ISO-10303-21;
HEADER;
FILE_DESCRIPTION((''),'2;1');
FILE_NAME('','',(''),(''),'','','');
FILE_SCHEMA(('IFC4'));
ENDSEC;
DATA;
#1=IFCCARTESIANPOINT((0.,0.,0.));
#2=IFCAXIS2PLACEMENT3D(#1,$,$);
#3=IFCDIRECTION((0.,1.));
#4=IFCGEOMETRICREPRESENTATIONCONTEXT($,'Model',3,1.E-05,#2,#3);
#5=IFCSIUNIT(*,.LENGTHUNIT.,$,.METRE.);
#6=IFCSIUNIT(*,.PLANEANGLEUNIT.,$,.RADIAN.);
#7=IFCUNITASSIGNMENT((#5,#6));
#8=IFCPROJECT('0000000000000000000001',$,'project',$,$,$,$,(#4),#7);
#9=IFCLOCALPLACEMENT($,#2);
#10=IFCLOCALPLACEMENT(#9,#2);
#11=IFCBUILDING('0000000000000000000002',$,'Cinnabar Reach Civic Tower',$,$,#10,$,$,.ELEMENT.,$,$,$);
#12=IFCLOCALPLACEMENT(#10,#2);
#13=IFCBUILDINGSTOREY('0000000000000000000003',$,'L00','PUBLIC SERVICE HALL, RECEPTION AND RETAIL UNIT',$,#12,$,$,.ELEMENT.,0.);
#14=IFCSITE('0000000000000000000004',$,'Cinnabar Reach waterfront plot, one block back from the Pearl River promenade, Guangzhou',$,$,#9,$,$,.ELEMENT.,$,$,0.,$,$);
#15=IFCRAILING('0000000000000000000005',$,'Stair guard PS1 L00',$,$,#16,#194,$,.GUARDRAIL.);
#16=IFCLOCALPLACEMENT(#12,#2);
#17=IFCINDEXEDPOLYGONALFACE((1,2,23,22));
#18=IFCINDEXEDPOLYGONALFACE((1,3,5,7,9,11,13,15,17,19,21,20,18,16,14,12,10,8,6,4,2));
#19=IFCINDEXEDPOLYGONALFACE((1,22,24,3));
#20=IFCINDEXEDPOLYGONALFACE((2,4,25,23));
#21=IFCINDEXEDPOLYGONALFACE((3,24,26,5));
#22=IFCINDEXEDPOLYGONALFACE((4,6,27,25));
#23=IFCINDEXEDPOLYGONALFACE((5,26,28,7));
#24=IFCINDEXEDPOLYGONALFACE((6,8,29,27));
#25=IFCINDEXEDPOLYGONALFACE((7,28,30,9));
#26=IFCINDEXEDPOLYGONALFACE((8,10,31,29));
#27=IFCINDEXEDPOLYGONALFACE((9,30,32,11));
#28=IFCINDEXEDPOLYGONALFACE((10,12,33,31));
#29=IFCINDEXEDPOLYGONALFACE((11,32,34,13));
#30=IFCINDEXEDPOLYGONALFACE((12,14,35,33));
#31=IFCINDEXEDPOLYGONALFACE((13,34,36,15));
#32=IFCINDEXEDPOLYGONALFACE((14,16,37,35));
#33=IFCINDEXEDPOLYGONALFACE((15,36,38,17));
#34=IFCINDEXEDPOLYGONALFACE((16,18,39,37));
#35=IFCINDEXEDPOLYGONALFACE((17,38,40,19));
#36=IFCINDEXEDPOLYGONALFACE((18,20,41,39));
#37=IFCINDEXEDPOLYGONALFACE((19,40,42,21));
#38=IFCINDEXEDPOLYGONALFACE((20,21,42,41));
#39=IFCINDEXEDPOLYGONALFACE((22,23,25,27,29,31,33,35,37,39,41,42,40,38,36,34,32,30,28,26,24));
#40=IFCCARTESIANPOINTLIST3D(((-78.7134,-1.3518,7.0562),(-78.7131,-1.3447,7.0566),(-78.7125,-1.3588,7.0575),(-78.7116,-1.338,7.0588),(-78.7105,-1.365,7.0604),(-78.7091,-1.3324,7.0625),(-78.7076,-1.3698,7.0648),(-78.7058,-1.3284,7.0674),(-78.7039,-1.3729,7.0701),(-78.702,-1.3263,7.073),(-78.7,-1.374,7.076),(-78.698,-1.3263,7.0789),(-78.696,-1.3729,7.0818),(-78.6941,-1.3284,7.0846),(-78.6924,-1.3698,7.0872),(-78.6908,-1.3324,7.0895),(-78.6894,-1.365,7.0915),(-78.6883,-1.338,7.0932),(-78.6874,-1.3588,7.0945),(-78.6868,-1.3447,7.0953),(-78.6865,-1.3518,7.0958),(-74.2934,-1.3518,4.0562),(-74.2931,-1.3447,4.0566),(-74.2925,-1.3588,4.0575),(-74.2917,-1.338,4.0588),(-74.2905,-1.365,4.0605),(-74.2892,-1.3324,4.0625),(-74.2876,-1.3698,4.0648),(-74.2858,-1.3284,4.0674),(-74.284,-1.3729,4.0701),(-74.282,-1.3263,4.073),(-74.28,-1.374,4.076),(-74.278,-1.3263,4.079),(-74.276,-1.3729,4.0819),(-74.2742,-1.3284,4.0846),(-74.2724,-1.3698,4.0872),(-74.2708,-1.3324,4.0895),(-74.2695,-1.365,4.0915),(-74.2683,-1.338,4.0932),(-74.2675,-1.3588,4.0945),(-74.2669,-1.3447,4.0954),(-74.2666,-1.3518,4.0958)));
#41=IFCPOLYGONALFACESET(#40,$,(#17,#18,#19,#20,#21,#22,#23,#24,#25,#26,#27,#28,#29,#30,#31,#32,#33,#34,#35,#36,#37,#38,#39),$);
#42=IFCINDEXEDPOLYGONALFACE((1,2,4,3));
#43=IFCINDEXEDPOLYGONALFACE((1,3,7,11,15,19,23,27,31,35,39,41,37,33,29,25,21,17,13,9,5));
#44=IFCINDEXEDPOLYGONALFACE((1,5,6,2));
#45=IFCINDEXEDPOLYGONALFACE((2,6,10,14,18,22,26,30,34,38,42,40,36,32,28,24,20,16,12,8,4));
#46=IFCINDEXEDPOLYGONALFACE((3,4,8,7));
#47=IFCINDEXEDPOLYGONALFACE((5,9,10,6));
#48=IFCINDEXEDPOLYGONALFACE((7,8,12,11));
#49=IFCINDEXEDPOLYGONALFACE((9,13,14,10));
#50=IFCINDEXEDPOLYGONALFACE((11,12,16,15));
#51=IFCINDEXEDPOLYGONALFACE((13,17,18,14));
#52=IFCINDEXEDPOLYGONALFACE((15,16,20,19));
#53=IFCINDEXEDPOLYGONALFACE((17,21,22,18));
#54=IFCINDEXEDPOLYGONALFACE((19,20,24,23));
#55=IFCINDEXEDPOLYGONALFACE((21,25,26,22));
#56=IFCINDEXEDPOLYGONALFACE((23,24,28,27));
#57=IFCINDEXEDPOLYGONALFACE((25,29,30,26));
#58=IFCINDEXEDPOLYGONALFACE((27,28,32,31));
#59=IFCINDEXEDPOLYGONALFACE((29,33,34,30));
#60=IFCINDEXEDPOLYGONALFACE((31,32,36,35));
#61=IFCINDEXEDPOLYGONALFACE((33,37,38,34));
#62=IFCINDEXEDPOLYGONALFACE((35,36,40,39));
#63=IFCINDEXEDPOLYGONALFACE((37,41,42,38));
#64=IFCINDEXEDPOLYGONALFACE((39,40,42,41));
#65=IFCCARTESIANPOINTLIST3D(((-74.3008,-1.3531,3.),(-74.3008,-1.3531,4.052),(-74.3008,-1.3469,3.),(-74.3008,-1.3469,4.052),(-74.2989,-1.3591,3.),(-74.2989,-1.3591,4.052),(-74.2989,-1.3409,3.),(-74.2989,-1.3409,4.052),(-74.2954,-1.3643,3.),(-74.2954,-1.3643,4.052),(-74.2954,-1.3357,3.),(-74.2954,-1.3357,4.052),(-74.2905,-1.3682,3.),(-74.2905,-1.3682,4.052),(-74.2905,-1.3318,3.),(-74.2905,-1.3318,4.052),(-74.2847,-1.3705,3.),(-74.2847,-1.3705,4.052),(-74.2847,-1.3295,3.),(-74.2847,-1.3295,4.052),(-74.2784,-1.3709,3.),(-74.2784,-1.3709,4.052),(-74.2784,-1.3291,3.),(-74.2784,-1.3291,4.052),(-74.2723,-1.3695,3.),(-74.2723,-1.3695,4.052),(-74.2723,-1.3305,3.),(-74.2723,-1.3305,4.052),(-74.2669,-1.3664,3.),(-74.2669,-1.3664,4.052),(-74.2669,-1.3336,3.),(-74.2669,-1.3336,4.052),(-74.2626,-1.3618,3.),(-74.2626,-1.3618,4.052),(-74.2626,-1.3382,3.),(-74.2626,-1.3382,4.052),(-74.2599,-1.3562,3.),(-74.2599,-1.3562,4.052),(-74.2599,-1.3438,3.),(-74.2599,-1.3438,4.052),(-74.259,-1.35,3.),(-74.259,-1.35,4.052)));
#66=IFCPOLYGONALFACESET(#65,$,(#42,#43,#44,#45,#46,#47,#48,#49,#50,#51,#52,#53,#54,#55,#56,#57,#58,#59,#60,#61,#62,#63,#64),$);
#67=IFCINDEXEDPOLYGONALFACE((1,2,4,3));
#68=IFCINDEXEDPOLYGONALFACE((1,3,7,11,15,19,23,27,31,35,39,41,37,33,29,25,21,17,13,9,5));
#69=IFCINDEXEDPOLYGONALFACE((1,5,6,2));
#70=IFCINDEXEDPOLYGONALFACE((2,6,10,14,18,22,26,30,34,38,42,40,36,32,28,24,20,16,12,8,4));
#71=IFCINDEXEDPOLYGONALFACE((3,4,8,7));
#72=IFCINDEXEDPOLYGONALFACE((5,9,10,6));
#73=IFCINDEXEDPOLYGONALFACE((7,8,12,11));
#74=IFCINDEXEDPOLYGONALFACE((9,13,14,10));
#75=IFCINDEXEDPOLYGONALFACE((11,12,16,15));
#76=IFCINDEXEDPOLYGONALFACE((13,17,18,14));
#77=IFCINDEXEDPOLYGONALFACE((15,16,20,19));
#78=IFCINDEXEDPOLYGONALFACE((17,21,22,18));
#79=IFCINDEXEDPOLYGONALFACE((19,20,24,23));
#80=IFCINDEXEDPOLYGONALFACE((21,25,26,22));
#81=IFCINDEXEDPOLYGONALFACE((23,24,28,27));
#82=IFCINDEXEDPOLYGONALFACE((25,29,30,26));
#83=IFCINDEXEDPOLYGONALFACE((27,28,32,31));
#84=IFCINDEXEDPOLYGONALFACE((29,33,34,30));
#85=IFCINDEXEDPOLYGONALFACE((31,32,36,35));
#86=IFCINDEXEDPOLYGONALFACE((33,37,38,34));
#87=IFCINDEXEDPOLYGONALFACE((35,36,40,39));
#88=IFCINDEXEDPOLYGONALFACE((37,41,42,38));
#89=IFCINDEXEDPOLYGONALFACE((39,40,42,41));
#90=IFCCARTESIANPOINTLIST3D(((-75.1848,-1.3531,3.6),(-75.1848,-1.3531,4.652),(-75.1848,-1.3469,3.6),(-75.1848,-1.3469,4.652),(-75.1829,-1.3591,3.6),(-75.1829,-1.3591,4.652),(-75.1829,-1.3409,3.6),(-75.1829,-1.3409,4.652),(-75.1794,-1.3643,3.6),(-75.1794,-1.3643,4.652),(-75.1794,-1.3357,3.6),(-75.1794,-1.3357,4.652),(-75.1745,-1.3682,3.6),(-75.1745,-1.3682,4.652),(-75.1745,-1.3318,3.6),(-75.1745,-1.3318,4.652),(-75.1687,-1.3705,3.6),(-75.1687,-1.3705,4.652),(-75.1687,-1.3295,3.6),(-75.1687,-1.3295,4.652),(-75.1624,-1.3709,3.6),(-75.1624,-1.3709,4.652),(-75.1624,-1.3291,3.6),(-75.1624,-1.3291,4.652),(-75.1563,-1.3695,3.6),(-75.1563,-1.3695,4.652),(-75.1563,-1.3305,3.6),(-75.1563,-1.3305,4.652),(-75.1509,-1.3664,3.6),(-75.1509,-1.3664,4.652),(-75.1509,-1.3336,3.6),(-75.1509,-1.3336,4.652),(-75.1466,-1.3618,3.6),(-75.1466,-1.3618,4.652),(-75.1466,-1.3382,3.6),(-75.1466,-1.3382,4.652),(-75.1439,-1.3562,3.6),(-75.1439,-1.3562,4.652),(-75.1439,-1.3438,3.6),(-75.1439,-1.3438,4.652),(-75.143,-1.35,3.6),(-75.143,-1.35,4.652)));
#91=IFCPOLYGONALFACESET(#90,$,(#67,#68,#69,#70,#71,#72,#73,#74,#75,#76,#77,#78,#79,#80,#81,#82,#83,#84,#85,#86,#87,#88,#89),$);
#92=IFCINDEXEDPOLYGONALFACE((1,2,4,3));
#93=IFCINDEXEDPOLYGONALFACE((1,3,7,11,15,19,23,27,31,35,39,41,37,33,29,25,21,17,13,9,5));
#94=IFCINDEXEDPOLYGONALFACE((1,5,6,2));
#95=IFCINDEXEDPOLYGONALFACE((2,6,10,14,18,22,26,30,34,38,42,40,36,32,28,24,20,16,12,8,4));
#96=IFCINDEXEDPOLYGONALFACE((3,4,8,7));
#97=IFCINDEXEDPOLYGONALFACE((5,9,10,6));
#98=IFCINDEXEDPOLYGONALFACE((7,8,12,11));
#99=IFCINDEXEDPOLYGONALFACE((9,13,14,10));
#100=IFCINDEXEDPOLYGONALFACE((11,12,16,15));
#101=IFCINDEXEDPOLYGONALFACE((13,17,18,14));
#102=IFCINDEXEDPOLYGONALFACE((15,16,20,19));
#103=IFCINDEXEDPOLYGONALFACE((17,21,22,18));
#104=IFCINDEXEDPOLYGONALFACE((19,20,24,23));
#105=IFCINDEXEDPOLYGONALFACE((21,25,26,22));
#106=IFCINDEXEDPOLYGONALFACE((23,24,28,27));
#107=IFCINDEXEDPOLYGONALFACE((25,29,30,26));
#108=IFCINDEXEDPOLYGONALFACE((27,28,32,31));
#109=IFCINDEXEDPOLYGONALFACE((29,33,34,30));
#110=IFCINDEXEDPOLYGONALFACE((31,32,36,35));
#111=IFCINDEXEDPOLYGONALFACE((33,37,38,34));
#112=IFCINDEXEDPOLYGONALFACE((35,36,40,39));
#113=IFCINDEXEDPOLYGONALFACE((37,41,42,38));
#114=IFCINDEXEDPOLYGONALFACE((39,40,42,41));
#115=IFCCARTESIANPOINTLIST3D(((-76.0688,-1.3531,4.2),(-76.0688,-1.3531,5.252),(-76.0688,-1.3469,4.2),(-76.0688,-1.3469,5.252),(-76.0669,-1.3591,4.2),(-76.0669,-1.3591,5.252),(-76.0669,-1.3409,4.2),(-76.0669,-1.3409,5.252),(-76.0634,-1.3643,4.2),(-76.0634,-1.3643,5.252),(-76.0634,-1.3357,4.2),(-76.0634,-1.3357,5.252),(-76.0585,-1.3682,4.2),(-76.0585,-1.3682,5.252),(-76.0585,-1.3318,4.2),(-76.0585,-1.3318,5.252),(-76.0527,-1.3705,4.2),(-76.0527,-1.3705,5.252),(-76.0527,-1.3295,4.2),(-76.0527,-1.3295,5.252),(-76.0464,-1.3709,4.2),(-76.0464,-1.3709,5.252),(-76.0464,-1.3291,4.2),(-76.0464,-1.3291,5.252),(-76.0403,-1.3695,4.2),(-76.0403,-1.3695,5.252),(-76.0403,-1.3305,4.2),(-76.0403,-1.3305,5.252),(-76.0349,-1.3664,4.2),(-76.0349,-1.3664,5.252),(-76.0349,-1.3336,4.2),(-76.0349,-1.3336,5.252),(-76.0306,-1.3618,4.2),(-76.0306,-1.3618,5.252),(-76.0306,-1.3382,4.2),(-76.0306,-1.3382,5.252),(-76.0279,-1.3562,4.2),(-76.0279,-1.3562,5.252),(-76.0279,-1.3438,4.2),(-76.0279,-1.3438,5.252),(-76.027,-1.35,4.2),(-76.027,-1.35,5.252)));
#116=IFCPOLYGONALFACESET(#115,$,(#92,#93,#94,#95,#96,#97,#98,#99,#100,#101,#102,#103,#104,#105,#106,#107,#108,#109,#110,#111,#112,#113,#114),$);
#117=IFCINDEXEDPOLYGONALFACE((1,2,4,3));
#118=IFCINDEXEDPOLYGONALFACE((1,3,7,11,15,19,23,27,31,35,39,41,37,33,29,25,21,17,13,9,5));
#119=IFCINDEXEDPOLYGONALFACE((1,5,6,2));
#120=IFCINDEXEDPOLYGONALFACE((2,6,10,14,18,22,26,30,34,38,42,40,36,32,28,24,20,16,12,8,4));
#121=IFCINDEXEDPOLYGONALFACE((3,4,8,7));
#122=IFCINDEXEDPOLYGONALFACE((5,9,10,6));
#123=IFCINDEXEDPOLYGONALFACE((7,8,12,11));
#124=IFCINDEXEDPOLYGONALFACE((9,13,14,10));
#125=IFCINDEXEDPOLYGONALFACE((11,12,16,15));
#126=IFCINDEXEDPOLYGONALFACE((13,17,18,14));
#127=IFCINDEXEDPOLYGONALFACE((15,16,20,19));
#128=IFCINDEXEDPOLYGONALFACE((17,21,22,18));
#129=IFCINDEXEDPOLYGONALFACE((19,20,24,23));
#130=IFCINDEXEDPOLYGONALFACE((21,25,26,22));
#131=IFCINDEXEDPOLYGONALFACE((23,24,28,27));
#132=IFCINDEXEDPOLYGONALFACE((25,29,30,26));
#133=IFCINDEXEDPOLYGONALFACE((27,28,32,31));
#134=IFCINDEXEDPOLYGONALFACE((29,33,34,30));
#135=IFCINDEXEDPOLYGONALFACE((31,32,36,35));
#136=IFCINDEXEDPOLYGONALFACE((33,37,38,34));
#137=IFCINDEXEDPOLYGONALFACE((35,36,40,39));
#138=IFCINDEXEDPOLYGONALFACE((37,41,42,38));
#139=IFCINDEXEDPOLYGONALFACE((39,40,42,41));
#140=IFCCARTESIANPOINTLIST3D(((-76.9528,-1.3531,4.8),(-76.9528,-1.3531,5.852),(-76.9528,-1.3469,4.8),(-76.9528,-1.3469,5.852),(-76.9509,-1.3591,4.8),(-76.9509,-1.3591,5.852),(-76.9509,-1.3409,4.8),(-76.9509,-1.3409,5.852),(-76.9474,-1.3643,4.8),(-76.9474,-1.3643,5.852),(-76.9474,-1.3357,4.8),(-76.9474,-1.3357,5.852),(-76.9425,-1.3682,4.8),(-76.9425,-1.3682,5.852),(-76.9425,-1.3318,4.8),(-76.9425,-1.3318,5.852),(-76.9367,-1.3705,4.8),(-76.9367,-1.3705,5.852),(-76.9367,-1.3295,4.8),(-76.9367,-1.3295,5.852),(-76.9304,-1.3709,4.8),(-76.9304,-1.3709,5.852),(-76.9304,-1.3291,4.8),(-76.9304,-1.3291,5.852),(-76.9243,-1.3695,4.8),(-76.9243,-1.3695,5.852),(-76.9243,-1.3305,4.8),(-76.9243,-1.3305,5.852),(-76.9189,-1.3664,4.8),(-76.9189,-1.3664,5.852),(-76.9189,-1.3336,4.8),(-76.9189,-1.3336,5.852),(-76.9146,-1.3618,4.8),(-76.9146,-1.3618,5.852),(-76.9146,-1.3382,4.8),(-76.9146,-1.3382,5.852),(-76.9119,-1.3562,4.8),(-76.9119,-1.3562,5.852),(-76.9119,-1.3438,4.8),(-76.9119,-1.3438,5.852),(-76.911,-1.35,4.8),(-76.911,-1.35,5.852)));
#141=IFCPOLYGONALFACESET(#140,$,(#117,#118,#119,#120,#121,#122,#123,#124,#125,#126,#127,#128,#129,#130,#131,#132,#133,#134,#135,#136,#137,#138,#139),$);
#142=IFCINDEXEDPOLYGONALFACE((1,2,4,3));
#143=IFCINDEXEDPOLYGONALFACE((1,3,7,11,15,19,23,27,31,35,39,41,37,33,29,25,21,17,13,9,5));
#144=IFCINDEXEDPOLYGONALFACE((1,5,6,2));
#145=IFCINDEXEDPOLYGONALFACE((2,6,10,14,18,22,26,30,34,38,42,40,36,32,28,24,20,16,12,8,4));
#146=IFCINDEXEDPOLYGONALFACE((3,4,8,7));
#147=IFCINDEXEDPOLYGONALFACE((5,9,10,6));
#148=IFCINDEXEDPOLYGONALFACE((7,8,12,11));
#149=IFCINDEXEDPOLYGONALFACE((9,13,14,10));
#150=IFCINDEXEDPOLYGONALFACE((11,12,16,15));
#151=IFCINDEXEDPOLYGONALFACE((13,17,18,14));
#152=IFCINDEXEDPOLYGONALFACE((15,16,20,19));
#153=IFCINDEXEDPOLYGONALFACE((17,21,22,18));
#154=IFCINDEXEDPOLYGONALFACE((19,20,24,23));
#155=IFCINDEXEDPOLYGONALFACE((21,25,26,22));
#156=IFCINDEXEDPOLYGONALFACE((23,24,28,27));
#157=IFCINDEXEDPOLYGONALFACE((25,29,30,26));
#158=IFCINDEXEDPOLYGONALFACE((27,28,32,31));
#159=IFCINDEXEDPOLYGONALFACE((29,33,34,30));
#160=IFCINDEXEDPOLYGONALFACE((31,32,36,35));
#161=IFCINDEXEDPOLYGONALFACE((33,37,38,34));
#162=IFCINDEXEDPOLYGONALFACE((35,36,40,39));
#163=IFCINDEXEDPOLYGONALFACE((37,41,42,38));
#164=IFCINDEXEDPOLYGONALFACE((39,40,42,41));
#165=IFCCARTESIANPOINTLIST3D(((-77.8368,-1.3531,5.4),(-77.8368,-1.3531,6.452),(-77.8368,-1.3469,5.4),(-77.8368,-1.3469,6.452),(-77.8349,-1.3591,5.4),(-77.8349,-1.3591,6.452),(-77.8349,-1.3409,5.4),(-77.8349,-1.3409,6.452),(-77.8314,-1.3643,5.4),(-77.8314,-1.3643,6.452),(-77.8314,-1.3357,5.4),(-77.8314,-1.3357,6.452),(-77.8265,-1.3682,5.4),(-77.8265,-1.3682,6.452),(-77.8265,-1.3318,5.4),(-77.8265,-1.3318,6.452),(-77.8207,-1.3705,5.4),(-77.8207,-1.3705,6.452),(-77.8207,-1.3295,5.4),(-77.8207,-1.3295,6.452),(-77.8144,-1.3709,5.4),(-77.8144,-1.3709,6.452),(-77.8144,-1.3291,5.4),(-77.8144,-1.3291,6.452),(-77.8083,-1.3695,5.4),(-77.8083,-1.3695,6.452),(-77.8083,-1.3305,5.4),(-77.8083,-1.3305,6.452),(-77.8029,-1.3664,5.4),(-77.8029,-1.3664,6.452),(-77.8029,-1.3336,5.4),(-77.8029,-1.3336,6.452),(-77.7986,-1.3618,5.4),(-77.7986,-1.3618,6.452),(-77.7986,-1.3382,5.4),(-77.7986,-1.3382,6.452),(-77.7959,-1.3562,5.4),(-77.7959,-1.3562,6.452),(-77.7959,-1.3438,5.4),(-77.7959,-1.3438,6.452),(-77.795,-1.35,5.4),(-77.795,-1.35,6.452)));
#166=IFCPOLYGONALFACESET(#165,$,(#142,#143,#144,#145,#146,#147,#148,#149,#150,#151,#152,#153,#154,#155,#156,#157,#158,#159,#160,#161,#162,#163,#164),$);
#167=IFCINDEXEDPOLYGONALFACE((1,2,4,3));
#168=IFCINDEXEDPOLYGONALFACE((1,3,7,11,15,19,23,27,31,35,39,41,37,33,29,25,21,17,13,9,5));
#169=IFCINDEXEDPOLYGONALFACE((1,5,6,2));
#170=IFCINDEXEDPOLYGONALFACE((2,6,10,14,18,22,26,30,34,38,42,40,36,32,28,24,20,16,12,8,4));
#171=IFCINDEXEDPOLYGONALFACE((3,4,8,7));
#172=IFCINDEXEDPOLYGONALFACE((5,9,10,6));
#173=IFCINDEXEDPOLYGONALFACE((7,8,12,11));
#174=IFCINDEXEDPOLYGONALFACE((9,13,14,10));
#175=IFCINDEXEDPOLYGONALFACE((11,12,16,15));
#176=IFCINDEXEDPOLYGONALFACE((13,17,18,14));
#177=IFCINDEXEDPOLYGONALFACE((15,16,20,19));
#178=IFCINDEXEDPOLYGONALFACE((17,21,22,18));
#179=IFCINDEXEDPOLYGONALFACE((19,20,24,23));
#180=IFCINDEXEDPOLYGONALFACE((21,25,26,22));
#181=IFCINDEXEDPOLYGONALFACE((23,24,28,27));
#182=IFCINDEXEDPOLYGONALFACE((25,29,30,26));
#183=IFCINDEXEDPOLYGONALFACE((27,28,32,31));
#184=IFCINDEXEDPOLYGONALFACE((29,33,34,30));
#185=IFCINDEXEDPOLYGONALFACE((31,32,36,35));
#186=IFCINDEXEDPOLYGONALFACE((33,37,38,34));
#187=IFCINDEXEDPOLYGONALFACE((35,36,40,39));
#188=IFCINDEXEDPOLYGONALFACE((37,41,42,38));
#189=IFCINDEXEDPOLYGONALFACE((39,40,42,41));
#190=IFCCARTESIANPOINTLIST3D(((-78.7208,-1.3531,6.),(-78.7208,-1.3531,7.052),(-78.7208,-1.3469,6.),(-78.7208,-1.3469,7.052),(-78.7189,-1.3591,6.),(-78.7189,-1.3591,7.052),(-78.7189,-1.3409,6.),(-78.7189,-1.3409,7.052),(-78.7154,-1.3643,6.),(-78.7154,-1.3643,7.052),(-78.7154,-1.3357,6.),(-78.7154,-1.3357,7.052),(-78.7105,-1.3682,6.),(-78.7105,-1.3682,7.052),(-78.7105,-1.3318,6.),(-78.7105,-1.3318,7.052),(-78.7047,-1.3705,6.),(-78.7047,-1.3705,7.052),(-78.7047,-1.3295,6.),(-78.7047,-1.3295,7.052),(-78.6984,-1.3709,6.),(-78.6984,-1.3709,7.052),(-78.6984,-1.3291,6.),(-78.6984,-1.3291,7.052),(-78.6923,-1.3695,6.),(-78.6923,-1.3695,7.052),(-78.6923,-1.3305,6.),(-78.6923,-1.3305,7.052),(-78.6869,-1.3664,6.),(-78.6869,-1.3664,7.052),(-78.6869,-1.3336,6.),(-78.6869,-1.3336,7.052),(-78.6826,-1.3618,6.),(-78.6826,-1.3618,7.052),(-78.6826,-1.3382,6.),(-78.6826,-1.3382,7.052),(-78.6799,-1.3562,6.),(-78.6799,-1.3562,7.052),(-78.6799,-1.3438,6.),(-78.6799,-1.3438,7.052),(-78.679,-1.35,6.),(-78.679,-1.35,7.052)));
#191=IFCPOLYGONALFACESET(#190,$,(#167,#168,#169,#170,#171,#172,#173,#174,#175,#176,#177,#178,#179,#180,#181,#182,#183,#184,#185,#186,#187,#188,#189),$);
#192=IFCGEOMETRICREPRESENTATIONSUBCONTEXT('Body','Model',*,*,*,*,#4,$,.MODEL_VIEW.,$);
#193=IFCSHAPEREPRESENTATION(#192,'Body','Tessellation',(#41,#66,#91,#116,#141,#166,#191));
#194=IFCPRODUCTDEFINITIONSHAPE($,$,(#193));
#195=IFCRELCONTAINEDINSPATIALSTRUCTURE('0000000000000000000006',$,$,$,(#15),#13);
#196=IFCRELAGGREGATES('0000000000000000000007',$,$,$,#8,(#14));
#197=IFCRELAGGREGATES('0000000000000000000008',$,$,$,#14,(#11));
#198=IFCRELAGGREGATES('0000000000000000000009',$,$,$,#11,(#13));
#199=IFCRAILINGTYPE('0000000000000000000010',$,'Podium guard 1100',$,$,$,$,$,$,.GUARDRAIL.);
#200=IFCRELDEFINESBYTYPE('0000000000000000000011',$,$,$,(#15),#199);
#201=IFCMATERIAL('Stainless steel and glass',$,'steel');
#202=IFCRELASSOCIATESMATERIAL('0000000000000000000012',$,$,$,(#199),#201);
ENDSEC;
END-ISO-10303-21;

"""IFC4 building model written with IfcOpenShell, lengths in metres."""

from ifc_helpers import new_model, si_unit, direction, frame, origin, origin_2d, place, context, subcontext, project, spatial, circle, extrude, material, type_object, element, save


model = new_model("IFC4")

# Units and contexts
model_context = context("Model", 3, precision=1e-05, world=origin(), true_north=direction((0.0, 1.0)))
body_context = subcontext(model_context, "Body", "Model", "MODEL_VIEW")
ifc_project = project(units=[si_unit("LENGTHUNIT", "METRE"), si_unit("PLANEANGLEUNIT", "RADIAN")], contexts=[model_context])

# Site, building, storey
site_placement = place(None, origin())
site = spatial("IfcSite", under=ifc_project, at=site_placement, Name="Cinnabar Reach waterfront plot, one block back from the Pearl River promenade, Guangzhou", CompositionType="ELEMENT", RefElevation=0.0)
building_placement = place(site_placement, origin())
building = spatial("IfcBuilding", under=site, at=building_placement, Name="Cinnabar Reach Civic Tower", CompositionType="ELEMENT")
storey_placement = place(building_placement, origin())
storey = spatial("IfcBuildingStorey", under=building, at=storey_placement, Name="L00", Description="PUBLIC SERVICE HALL, RECEPTION AND RETAIL UNIT", CompositionType="ELEMENT", Elevation=0.0)

# Railing
ifc_material_1 = material(Name="Stainless steel and glass", Category="steel")
railing_type_1 = type_object("IfcRailingType", Name="Podium guard 1100", PredefinedType="GUARDRAIL", material=ifc_material_1)
railing_1_placement = place(storey_placement, frame((-74.28, -1.35, 3.0)))
element("IfcRailing", 1, at=railing_1_placement, inside=storey, type_object=railing_type_1, Name="Stair guard PS1 L00", PredefinedType="GUARDRAIL", context=body_context, shape_type="SweptSolid", body=[
    extrude(circle(Radius=0.024, at=origin_2d()), frame((0.0, 0.0, 1.076), z_axis=(-0.827414, 0.0, 0.561593), x_axis=(0.0, -1.0, 0.0)), (0.0, 0.0, 1.0), 5.3419),
    extrude(circle(Radius=0.021, at=origin_2d()), origin(), (0.0, 0.0, 1.0), 1.052),
    extrude(circle(Radius=0.021, at=origin_2d()), frame((-0.884, 0.0, 0.6)), (0.0, 0.0, 1.0), 1.052),
    extrude(circle(Radius=0.021, at=origin_2d()), frame((-1.768, 0.0, 1.2)), (0.0, 0.0, 1.0), 1.052),
    extrude(circle(Radius=0.021, at=origin_2d()), frame((-2.652, 0.0, 1.8)), (0.0, 0.0, 1.0), 1.052),
    extrude(circle(Radius=0.021, at=origin_2d()), frame((-3.536, 0.0, 2.4)), (0.0, 0.0, 1.0), 1.052),
    extrude(circle(Radius=0.021, at=origin_2d()), frame((-4.42, 0.0, 3.0)), (0.0, 0.0, 1.0), 1.052),
])

save(model, "model.ifc")
